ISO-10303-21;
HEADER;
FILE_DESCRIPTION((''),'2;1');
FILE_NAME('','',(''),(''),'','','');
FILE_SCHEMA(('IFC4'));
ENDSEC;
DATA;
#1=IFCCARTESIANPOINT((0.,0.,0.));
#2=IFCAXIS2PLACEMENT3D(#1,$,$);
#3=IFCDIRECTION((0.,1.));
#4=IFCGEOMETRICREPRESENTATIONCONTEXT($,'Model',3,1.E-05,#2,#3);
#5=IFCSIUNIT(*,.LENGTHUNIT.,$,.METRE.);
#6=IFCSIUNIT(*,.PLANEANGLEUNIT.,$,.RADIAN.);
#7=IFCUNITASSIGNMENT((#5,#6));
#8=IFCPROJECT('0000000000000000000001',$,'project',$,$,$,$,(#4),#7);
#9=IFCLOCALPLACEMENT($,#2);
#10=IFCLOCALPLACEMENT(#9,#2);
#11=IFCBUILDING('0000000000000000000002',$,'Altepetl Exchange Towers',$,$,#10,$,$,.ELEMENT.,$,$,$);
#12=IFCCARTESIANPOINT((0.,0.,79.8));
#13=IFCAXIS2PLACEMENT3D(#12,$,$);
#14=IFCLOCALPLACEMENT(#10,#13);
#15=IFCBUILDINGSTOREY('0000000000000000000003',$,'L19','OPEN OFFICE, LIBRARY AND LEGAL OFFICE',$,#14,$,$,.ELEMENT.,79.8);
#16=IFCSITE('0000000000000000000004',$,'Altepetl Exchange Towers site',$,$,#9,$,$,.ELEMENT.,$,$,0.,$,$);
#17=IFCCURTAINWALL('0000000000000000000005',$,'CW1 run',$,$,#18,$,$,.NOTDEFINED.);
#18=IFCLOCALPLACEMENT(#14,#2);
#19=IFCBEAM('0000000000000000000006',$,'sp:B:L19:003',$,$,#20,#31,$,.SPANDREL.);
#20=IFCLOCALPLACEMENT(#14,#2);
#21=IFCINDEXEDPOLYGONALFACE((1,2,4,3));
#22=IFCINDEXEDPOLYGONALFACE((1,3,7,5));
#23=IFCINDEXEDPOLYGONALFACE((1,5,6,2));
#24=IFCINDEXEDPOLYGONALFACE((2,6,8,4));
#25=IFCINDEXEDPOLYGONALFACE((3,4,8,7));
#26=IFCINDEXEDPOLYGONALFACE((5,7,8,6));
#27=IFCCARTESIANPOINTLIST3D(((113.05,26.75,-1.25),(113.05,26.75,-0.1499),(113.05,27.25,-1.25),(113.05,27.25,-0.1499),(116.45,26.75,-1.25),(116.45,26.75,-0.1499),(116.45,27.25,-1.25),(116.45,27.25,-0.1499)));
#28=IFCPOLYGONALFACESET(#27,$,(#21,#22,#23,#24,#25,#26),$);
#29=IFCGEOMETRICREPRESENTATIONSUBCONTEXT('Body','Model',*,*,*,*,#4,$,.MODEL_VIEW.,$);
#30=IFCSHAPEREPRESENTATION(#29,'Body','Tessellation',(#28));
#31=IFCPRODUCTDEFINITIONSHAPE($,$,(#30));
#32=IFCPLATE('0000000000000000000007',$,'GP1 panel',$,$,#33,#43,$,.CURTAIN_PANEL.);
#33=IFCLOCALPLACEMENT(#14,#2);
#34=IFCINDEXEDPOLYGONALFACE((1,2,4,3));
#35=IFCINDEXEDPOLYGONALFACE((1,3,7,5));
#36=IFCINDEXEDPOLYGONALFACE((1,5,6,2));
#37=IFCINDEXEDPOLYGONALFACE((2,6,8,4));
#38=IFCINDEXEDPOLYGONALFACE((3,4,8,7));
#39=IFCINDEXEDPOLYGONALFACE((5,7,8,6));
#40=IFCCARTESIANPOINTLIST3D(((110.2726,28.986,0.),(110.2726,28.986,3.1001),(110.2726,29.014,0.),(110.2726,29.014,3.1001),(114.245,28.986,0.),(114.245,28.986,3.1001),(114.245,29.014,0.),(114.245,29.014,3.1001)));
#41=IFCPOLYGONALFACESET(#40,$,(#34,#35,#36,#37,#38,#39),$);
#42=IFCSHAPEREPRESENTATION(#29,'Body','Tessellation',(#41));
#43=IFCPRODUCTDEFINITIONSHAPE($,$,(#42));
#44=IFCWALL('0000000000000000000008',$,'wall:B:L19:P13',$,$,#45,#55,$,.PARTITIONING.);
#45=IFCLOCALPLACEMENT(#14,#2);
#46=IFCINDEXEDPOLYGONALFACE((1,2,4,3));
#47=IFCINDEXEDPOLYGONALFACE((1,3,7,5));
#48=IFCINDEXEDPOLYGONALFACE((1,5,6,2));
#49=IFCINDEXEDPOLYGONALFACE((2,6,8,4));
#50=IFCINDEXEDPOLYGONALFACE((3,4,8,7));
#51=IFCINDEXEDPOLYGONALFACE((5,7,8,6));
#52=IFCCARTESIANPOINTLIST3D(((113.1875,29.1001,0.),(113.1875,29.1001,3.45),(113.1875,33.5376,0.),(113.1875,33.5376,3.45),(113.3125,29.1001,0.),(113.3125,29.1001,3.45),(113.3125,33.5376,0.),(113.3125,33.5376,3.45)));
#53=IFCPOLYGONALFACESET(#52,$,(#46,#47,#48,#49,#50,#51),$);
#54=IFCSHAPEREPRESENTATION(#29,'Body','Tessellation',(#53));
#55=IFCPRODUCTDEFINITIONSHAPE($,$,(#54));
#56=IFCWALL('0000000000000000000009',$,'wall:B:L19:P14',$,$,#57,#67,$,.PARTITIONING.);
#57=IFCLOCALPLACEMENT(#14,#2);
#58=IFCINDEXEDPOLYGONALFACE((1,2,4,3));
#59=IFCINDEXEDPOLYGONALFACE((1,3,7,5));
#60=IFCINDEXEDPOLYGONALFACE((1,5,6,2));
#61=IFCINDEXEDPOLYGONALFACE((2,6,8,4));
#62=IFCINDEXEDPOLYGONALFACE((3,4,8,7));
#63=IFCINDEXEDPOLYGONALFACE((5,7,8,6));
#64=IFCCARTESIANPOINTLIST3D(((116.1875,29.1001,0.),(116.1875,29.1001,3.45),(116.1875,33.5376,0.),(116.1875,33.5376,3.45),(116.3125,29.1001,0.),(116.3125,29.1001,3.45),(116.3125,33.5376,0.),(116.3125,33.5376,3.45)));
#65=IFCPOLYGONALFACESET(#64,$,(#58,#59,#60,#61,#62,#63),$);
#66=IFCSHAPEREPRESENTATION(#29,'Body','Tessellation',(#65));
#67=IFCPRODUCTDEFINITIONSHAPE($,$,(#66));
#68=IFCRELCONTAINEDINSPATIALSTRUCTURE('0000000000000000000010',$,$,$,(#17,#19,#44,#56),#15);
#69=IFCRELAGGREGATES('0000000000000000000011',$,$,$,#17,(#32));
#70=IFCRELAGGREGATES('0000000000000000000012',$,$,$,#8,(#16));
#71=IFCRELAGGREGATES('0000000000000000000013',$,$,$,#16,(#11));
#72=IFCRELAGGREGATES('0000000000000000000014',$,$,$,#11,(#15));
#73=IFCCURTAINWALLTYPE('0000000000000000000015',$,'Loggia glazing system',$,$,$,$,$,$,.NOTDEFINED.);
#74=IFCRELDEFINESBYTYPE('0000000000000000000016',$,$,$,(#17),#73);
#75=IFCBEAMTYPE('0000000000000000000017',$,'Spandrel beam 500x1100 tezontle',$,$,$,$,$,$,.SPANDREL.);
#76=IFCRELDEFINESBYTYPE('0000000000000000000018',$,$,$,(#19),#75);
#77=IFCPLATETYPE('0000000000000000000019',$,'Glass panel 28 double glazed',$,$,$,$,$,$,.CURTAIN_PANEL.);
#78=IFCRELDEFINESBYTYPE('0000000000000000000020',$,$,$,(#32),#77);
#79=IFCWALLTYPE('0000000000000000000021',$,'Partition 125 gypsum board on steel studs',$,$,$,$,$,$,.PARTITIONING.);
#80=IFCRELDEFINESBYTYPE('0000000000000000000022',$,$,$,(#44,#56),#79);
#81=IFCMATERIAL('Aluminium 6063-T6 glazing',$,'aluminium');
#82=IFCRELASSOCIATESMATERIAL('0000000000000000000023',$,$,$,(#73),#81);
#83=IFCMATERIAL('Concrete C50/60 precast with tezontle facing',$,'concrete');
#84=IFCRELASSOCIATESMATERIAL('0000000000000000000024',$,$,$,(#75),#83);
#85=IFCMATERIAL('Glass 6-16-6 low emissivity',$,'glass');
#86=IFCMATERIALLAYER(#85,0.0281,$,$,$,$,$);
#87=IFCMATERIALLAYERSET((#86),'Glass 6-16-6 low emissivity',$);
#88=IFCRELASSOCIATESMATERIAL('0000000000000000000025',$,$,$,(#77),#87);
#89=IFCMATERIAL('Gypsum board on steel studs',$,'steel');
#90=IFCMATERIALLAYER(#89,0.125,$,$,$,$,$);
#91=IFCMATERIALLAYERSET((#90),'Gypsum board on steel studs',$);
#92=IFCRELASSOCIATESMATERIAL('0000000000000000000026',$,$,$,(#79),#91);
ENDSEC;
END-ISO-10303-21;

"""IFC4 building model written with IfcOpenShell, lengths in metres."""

from ifc_helpers import new_model, si_unit, direction, frame, frame_2d, origin, origin_2d, place, context, subcontext, project, spatial, rectangle, extrude, material, layer, layer_set, material_profile, profile_set, type_object, element, aggregate, save


model = new_model("IFC4")

# Units and contexts
model_context = context("Model", 3, precision=1e-05, world=origin(), true_north=direction((0.0, 1.0)))
body_context = subcontext(model_context, "Body", "Model", "MODEL_VIEW")
ifc_project = project(units=[si_unit("LENGTHUNIT", "METRE"), si_unit("PLANEANGLEUNIT", "RADIAN")], contexts=[model_context])

# Site, building, storey
site_placement = place(None, origin())
site = spatial("IfcSite", under=ifc_project, at=site_placement, Name="Altepetl Exchange Towers site", CompositionType="ELEMENT", RefElevation=0.0)
building_placement = place(site_placement, origin())
building = spatial("IfcBuilding", under=site, at=building_placement, Name="Altepetl Exchange Towers", CompositionType="ELEMENT")
storey_placement = place(building_placement, frame((0.0, 0.0, 79.8)))
storey = spatial("IfcBuildingStorey", under=building, at=storey_placement, Name="L19", Description="OPEN OFFICE, LIBRARY AND LEGAL OFFICE", CompositionType="ELEMENT", Elevation=79.8)

# Shared definitions
ifc_material_1 = material(Name="Aluminium 6063-T6 glazing", Category="aluminium")
curtain_wall_type = type_object("IfcCurtainWallType", Name="Loggia glazing system", PredefinedType="NOTDEFINED", material=ifc_material_1)

# Curtain wall
curtain_wall_1_placement = place(storey_placement, origin())
curtain_wall_1 = element("IfcCurtainWall", 1, at=curtain_wall_1_placement, inside=storey, type_object=curtain_wall_type, Name="CW1 run", PredefinedType="NOTDEFINED")

# Beam
ifc_material_2 = material(Name="Concrete C50/60 precast with tezontle facing", Category="concrete")
ifc_material_profile_1 = material_profile(ifc_material_2, rectangle(XDim=0.5, YDim=1.1001, at=origin_2d()), Name="500 x 1100")
ifc_profile_set_1 = profile_set([ifc_material_profile_1], Name="Concrete C50/60 precast with tezontle facing")
beam_type_1 = type_object("IfcBeamType", Name="Spandrel beam 500x1100 tezontle", PredefinedType="SPANDREL", material=ifc_profile_set_1)
for number, where, z_axis, x_axis, name in (
    (2, (113.05, 27.0, -0.7), (1.0, 0.0, 0.0), (0.0, 1.0, 0.0), "sp:B:L19:003"),
):
    element("IfcBeam", number, at=place(storey_placement, frame(where, z_axis=z_axis, x_axis=x_axis)), inside=storey, type_object=beam_type_1, Name=name, PredefinedType="SPANDREL", context=body_context, shape_type="SweptSolid", body=[
        extrude(rectangle(XDim=0.5, YDim=1.1001, at=origin_2d()), origin(), (0.0, 0.0, 1.0), 3.3999),
    ])

# Plate
ifc_material_3 = material(Name="Glass 6-16-6 low emissivity", Category="glass")
ifc_layer_1 = layer(ifc_material_3, 0.0281)
ifc_layer_set_1 = layer_set([ifc_layer_1], Name="Glass 6-16-6 low emissivity")
plate_type = type_object("IfcPlateType", Name="Glass panel 28 double glazed", PredefinedType="CURTAIN_PANEL", material=ifc_layer_set_1)
plate_placement = place(storey_placement, frame((112.2588, 29.0, 0.0)))
plate = element("IfcPlate", 3, at=plate_placement, type_object=plate_type, Name="GP1 panel", PredefinedType="CURTAIN_PANEL", context=body_context, shape_type="SweptSolid", body=[
    extrude(rectangle(XDim=3.9724, YDim=0.0281, at=origin_2d()), origin(), (0.0, 0.0, 1.0), 3.1001),
])
aggregate(curtain_wall_1, [plate])

# Walls
ifc_material_4 = material(Name="Gypsum board on steel studs", Category="steel")
ifc_layer_2 = layer(ifc_material_4, 0.125)
ifc_layer_set_2 = layer_set([ifc_layer_2], Name="Gypsum board on steel studs")
wall_type_1 = type_object("IfcWallType", Name="Partition 125 gypsum board on steel studs", PredefinedType="PARTITIONING", material=ifc_layer_set_2)
for number, where, z_axis, x_axis, name in (
    (4, (113.25, 29.1001, 0.0), (0.0, 0.0, 1.0), (0.0, 1.0, 0.0), "wall:B:L19:P13"),
    (5, (116.25, 29.1001, 0.0), (0.0, 0.0, 1.0), (0.0, 1.0, 0.0), "wall:B:L19:P14"),
):
    element("IfcWall", number, at=place(storey_placement, frame(where, z_axis=z_axis, x_axis=x_axis)), inside=storey, type_object=wall_type_1, Name=name, PredefinedType="PARTITIONING", context=body_context, shape_type="SweptSolid", body=[
        extrude(rectangle(XDim=4.4375, YDim=0.125, at=frame_2d((2.2188, 0.0))), origin(), (0.0, 0.0, 1.0), 3.45),
    ])

save(model, "model.ifc")
